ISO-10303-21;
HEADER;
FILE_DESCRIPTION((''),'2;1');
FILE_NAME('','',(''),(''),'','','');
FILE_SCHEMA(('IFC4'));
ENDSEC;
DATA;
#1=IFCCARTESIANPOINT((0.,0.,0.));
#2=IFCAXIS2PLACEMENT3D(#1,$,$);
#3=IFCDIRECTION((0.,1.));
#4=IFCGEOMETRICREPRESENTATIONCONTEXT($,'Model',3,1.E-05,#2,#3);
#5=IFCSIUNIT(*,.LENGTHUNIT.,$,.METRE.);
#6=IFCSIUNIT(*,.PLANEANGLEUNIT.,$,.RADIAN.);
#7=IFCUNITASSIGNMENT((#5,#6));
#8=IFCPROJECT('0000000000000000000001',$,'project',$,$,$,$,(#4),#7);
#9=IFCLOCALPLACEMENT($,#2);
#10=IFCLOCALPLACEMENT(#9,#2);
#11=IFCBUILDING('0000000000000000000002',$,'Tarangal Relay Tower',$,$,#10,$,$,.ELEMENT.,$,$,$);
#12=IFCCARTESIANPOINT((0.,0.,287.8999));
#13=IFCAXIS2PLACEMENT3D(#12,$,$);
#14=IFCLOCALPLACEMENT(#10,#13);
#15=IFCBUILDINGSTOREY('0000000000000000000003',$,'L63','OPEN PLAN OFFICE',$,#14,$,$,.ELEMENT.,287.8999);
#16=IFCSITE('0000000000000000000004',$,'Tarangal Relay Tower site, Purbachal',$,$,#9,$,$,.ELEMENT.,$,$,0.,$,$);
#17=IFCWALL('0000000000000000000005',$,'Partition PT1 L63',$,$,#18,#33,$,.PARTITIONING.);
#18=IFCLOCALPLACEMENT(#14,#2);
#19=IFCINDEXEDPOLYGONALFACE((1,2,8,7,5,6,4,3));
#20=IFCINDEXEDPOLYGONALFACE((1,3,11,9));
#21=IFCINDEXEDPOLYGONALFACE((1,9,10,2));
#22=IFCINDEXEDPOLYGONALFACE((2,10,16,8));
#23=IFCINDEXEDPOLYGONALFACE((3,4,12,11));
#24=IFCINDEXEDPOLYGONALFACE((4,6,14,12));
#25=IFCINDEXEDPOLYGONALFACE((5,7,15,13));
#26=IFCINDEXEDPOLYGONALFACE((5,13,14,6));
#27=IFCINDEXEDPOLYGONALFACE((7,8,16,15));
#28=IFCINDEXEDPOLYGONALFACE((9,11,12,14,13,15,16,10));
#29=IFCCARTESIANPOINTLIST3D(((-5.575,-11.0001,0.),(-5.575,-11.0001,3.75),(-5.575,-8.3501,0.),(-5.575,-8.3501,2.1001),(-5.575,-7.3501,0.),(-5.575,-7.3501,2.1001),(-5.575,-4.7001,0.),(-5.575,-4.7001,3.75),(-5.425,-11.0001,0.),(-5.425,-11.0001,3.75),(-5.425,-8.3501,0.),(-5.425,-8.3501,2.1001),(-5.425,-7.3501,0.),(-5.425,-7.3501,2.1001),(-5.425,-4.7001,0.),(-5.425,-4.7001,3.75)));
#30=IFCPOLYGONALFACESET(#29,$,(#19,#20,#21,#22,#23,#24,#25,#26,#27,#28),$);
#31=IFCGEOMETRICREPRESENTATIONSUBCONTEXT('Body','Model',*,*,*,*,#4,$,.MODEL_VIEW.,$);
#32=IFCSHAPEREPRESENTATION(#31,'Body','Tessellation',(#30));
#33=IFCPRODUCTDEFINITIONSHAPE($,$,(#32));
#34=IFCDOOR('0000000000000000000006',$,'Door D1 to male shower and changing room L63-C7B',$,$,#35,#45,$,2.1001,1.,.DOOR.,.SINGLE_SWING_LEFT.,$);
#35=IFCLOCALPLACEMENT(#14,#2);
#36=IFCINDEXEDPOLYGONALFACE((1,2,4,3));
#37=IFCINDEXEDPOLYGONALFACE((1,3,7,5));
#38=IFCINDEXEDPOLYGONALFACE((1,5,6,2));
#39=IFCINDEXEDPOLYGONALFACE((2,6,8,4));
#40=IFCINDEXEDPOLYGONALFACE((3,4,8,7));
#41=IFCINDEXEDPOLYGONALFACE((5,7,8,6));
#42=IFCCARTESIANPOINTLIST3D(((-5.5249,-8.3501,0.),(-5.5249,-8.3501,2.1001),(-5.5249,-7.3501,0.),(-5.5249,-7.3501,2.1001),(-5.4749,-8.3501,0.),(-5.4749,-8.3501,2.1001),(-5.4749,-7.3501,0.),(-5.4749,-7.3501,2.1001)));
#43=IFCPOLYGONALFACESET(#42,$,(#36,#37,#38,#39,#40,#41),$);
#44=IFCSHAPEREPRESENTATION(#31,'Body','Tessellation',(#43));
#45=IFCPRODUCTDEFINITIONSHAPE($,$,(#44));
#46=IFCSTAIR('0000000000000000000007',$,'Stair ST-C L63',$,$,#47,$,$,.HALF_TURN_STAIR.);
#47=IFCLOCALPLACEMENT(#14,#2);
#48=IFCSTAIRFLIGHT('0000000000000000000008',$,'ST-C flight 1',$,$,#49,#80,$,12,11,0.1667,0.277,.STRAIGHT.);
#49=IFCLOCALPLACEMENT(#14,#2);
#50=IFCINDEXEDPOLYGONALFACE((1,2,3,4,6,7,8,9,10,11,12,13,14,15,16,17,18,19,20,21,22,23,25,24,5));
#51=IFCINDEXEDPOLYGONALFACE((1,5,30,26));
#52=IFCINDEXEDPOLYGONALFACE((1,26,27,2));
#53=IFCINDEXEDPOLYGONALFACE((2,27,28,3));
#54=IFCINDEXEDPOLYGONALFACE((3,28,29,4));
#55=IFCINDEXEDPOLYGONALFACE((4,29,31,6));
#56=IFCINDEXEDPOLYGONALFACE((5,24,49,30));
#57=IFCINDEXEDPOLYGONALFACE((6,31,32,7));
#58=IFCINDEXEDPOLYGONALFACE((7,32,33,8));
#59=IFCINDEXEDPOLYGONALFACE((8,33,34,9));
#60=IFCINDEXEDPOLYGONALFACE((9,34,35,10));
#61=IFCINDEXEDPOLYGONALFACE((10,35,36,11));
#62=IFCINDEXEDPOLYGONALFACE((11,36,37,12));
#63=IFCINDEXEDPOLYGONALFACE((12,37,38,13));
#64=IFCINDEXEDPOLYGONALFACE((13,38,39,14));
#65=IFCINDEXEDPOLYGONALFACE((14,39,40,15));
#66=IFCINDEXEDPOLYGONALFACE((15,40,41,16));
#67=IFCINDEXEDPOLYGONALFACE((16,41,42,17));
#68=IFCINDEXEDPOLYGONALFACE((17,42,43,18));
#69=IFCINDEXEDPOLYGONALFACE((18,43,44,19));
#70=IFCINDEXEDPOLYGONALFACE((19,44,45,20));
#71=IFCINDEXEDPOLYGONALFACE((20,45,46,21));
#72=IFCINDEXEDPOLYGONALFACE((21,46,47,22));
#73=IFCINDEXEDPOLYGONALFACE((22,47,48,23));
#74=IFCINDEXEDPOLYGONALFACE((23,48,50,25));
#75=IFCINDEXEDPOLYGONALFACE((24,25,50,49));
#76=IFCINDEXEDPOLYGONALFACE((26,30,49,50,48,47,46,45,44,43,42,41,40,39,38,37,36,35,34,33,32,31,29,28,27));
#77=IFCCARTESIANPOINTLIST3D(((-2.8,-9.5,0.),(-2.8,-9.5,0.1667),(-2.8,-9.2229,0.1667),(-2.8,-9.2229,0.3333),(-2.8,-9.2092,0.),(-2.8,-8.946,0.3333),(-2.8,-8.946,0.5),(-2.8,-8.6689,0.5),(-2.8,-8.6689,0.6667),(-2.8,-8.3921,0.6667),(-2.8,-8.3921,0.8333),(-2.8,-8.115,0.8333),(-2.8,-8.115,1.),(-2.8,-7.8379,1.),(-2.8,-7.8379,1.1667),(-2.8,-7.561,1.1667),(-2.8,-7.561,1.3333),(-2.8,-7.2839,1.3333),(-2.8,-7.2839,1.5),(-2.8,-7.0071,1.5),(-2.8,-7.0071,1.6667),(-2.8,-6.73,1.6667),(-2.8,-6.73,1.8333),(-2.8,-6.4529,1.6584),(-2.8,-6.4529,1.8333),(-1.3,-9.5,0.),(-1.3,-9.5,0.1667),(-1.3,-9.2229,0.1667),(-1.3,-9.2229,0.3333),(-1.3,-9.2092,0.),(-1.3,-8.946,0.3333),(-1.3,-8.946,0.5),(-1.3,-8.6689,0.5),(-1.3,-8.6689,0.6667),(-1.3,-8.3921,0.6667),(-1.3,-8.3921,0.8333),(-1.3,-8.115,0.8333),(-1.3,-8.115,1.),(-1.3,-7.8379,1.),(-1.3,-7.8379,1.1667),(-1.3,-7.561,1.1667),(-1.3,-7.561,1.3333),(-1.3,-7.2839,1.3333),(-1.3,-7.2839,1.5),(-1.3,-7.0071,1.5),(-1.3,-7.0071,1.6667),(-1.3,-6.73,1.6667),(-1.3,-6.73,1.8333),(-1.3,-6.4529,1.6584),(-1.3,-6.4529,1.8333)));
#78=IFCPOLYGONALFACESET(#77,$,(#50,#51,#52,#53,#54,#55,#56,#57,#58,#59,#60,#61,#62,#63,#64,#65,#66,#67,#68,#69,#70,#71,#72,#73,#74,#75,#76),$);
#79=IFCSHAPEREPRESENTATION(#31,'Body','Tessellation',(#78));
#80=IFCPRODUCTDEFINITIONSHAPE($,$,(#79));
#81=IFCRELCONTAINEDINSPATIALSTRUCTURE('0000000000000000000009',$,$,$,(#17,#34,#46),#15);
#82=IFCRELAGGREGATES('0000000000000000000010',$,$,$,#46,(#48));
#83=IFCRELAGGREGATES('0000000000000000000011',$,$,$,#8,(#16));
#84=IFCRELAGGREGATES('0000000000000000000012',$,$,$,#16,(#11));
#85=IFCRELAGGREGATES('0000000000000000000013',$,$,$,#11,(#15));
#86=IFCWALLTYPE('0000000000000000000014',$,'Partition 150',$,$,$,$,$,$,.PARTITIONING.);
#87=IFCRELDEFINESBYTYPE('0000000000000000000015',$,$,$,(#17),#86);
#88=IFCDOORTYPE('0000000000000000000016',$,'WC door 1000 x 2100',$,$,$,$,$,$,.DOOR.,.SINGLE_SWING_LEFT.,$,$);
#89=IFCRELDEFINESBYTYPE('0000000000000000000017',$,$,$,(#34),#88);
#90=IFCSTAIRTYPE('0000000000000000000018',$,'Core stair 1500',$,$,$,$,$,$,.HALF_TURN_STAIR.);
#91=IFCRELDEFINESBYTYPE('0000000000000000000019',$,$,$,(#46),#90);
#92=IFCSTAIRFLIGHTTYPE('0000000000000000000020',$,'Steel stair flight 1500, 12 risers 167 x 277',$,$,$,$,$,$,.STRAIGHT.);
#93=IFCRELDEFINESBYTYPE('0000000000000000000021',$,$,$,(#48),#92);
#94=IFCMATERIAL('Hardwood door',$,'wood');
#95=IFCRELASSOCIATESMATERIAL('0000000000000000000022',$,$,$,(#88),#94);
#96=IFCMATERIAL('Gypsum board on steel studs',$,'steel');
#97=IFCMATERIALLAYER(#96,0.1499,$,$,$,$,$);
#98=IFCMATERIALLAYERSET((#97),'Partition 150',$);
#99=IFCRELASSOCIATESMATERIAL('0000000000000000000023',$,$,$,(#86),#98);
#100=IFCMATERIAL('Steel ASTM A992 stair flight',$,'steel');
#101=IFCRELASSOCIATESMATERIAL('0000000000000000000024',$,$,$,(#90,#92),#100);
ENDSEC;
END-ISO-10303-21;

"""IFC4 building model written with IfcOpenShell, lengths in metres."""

from ifc_helpers import new_model, si_unit, direction, frame, frame_2d, origin, place, context, subcontext, project, spatial, polyline, rectangle, outline, extrude, material, layer, layer_set, type_object, element, fill, aggregate, save


model = new_model("IFC4")

# Units and contexts
model_context = context("Model", 3, precision=1e-05, world=origin(), true_north=direction((0.0, 1.0)))
body_context = subcontext(model_context, "Body", "Model", "MODEL_VIEW")
ifc_project = project(units=[si_unit("LENGTHUNIT", "METRE"), si_unit("PLANEANGLEUNIT", "RADIAN")], contexts=[model_context])

# Site, building, storey
site_placement = place(None, origin())
site = spatial("IfcSite", under=ifc_project, at=site_placement, Name="Tarangal Relay Tower site, Purbachal", CompositionType="ELEMENT", RefElevation=0.0)
building_placement = place(site_placement, origin())
building = spatial("IfcBuilding", under=site, at=building_placement, Name="Tarangal Relay Tower", CompositionType="ELEMENT")
storey_placement = place(building_placement, frame((0.0, 0.0, 287.8999)))
storey = spatial("IfcBuildingStorey", under=building, at=storey_placement, Name="L63", Description="OPEN PLAN OFFICE", CompositionType="ELEMENT", Elevation=287.8999)

# Shared definitions
ifc_material_1 = material(Name="Hardwood door", Category="wood")
door_type = type_object("IfcDoorType", Name="WC door 1000 x 2100", OperationType="SINGLE_SWING_LEFT", PredefinedType="DOOR", material=ifc_material_1)

# Wall, opening, door
ifc_material_2 = material(Name="Gypsum board on steel studs", Category="steel")
ifc_layer_1 = layer(ifc_material_2, 0.1499)
ifc_layer_set_1 = layer_set([ifc_layer_1], Name="Partition 150")
wall_type_1 = type_object("IfcWallType", Name="Partition 150", PredefinedType="PARTITIONING", material=ifc_layer_set_1)
wall_1_placement = place(storey_placement, frame((-5.5, -11.0, 0.0), z_axis=(0.0, 0.0, 1.0), x_axis=(0.0, 1.0, 0.0)))
wall_1 = element("IfcWall", 1, at=wall_1_placement, inside=storey, type_object=wall_type_1, Name="Partition PT1 L63", PredefinedType="PARTITIONING", context=body_context, shape_type="SweptSolid", body=[
    extrude(rectangle(XDim=6.3, YDim=0.1499, at=frame_2d((3.1499, 0.0))), origin(), (0.0, 0.0, 1.0), 3.75),
])
opening_1_placement = place(wall_1_placement, frame((2.6499, 0.0, 0.0)))
opening_1 = element("IfcOpeningElement", 2, at=opening_1_placement, cuts=wall_1, PredefinedType="OPENING", context=body_context, shape_type="SweptSolid", body=[
    extrude(rectangle(XDim=1.0, YDim=2.1001, at=frame_2d((0.5, 1.05))), frame((0.0, 0.085, 0.0), z_axis=(0.0, -1.0, 0.0), x_axis=(1.0, 0.0, 0.0)), (0.0, 0.0, 1.0), 0.1699),
])
door_1_placement = place(opening_1_placement, origin())
door_1 = element("IfcDoor", 3, at=door_1_placement, inside=storey, type_object=door_type, Name="Door D1 to male shower and changing room L63-C7B", OperationType="SINGLE_SWING_LEFT", OverallHeight=2.1001, OverallWidth=1.0, PredefinedType="DOOR", context=body_context, shape_type="SweptSolid", body=[
    extrude(rectangle(XDim=1.0, YDim=2.1001, at=frame_2d((0.5, 1.05))), frame((0.0, 0.0249, 0.0), z_axis=(0.0, -1.0, 0.0), x_axis=(1.0, 0.0, 0.0)), (0.0, 0.0, 1.0), 0.05),
])
fill(opening_1, door_1)

# Stair, stair flight
ifc_material_3 = material(Name="Steel ASTM A992 stair flight", Category="steel")
stair_type = type_object("IfcStairType", Name="Core stair 1500", PredefinedType="HALF_TURN_STAIR", material=ifc_material_3)
stair_placement = place(storey_placement, origin())
stair = element("IfcStair", 4, at=stair_placement, inside=storey, type_object=stair_type, Name="Stair ST-C L63", PredefinedType="HALF_TURN_STAIR")
stair_flight_type = type_object("IfcStairFlightType", Name="Steel stair flight 1500, 12 risers 167 x 277", PredefinedType="STRAIGHT", material=ifc_material_3)
stair_flight_placement = place(storey_placement, frame((-2.05, -9.5, 0.0), z_axis=(0.0, 0.0, 1.0), x_axis=(0.0, 1.0, 0.0)))
stair_flight = element("IfcStairFlight", 5, at=stair_flight_placement, type_object=stair_flight_type, Name="ST-C flight 1", NumberOfRisers=12, NumberOfTreads=11, PredefinedType="STRAIGHT", RiserHeight=0.1667, TreadLength=0.277, context=body_context, shape_type="SweptSolid", body=[
    extrude(outline(polyline([(0.0, 0.0), (0.0, 0.1667), (0.2771, 0.1667), (0.2771, 0.3333), (0.554, 0.3333), (0.554, 0.5), (0.8311, 0.5), (0.8311, 0.6667), (1.1079, 0.6667), (1.1079, 0.8333), (1.385, 0.8333), (1.385, 1.0), (1.6621, 1.0), (1.6621, 1.1667), (1.939, 1.1667), (1.939, 1.3333), (2.2161, 1.3333), (2.2161, 1.5), (2.4929, 1.5), (2.4929, 1.6667), (2.77, 1.6667), (2.77, 1.8333), (3.0471, 1.8333), (3.0471, 2.0), (3.0471, 1.6584), (0.2908, 0.0), (0.0, 0.0)])), frame((0.0, 0.75, 0.0), z_axis=(0.0, -1.0, 0.0), x_axis=(1.0, 0.0, 0.0)), (0.0, 0.0, 1.0), 1.5),
])
aggregate(stair, [stair_flight])

save(model, "model.ifc")
